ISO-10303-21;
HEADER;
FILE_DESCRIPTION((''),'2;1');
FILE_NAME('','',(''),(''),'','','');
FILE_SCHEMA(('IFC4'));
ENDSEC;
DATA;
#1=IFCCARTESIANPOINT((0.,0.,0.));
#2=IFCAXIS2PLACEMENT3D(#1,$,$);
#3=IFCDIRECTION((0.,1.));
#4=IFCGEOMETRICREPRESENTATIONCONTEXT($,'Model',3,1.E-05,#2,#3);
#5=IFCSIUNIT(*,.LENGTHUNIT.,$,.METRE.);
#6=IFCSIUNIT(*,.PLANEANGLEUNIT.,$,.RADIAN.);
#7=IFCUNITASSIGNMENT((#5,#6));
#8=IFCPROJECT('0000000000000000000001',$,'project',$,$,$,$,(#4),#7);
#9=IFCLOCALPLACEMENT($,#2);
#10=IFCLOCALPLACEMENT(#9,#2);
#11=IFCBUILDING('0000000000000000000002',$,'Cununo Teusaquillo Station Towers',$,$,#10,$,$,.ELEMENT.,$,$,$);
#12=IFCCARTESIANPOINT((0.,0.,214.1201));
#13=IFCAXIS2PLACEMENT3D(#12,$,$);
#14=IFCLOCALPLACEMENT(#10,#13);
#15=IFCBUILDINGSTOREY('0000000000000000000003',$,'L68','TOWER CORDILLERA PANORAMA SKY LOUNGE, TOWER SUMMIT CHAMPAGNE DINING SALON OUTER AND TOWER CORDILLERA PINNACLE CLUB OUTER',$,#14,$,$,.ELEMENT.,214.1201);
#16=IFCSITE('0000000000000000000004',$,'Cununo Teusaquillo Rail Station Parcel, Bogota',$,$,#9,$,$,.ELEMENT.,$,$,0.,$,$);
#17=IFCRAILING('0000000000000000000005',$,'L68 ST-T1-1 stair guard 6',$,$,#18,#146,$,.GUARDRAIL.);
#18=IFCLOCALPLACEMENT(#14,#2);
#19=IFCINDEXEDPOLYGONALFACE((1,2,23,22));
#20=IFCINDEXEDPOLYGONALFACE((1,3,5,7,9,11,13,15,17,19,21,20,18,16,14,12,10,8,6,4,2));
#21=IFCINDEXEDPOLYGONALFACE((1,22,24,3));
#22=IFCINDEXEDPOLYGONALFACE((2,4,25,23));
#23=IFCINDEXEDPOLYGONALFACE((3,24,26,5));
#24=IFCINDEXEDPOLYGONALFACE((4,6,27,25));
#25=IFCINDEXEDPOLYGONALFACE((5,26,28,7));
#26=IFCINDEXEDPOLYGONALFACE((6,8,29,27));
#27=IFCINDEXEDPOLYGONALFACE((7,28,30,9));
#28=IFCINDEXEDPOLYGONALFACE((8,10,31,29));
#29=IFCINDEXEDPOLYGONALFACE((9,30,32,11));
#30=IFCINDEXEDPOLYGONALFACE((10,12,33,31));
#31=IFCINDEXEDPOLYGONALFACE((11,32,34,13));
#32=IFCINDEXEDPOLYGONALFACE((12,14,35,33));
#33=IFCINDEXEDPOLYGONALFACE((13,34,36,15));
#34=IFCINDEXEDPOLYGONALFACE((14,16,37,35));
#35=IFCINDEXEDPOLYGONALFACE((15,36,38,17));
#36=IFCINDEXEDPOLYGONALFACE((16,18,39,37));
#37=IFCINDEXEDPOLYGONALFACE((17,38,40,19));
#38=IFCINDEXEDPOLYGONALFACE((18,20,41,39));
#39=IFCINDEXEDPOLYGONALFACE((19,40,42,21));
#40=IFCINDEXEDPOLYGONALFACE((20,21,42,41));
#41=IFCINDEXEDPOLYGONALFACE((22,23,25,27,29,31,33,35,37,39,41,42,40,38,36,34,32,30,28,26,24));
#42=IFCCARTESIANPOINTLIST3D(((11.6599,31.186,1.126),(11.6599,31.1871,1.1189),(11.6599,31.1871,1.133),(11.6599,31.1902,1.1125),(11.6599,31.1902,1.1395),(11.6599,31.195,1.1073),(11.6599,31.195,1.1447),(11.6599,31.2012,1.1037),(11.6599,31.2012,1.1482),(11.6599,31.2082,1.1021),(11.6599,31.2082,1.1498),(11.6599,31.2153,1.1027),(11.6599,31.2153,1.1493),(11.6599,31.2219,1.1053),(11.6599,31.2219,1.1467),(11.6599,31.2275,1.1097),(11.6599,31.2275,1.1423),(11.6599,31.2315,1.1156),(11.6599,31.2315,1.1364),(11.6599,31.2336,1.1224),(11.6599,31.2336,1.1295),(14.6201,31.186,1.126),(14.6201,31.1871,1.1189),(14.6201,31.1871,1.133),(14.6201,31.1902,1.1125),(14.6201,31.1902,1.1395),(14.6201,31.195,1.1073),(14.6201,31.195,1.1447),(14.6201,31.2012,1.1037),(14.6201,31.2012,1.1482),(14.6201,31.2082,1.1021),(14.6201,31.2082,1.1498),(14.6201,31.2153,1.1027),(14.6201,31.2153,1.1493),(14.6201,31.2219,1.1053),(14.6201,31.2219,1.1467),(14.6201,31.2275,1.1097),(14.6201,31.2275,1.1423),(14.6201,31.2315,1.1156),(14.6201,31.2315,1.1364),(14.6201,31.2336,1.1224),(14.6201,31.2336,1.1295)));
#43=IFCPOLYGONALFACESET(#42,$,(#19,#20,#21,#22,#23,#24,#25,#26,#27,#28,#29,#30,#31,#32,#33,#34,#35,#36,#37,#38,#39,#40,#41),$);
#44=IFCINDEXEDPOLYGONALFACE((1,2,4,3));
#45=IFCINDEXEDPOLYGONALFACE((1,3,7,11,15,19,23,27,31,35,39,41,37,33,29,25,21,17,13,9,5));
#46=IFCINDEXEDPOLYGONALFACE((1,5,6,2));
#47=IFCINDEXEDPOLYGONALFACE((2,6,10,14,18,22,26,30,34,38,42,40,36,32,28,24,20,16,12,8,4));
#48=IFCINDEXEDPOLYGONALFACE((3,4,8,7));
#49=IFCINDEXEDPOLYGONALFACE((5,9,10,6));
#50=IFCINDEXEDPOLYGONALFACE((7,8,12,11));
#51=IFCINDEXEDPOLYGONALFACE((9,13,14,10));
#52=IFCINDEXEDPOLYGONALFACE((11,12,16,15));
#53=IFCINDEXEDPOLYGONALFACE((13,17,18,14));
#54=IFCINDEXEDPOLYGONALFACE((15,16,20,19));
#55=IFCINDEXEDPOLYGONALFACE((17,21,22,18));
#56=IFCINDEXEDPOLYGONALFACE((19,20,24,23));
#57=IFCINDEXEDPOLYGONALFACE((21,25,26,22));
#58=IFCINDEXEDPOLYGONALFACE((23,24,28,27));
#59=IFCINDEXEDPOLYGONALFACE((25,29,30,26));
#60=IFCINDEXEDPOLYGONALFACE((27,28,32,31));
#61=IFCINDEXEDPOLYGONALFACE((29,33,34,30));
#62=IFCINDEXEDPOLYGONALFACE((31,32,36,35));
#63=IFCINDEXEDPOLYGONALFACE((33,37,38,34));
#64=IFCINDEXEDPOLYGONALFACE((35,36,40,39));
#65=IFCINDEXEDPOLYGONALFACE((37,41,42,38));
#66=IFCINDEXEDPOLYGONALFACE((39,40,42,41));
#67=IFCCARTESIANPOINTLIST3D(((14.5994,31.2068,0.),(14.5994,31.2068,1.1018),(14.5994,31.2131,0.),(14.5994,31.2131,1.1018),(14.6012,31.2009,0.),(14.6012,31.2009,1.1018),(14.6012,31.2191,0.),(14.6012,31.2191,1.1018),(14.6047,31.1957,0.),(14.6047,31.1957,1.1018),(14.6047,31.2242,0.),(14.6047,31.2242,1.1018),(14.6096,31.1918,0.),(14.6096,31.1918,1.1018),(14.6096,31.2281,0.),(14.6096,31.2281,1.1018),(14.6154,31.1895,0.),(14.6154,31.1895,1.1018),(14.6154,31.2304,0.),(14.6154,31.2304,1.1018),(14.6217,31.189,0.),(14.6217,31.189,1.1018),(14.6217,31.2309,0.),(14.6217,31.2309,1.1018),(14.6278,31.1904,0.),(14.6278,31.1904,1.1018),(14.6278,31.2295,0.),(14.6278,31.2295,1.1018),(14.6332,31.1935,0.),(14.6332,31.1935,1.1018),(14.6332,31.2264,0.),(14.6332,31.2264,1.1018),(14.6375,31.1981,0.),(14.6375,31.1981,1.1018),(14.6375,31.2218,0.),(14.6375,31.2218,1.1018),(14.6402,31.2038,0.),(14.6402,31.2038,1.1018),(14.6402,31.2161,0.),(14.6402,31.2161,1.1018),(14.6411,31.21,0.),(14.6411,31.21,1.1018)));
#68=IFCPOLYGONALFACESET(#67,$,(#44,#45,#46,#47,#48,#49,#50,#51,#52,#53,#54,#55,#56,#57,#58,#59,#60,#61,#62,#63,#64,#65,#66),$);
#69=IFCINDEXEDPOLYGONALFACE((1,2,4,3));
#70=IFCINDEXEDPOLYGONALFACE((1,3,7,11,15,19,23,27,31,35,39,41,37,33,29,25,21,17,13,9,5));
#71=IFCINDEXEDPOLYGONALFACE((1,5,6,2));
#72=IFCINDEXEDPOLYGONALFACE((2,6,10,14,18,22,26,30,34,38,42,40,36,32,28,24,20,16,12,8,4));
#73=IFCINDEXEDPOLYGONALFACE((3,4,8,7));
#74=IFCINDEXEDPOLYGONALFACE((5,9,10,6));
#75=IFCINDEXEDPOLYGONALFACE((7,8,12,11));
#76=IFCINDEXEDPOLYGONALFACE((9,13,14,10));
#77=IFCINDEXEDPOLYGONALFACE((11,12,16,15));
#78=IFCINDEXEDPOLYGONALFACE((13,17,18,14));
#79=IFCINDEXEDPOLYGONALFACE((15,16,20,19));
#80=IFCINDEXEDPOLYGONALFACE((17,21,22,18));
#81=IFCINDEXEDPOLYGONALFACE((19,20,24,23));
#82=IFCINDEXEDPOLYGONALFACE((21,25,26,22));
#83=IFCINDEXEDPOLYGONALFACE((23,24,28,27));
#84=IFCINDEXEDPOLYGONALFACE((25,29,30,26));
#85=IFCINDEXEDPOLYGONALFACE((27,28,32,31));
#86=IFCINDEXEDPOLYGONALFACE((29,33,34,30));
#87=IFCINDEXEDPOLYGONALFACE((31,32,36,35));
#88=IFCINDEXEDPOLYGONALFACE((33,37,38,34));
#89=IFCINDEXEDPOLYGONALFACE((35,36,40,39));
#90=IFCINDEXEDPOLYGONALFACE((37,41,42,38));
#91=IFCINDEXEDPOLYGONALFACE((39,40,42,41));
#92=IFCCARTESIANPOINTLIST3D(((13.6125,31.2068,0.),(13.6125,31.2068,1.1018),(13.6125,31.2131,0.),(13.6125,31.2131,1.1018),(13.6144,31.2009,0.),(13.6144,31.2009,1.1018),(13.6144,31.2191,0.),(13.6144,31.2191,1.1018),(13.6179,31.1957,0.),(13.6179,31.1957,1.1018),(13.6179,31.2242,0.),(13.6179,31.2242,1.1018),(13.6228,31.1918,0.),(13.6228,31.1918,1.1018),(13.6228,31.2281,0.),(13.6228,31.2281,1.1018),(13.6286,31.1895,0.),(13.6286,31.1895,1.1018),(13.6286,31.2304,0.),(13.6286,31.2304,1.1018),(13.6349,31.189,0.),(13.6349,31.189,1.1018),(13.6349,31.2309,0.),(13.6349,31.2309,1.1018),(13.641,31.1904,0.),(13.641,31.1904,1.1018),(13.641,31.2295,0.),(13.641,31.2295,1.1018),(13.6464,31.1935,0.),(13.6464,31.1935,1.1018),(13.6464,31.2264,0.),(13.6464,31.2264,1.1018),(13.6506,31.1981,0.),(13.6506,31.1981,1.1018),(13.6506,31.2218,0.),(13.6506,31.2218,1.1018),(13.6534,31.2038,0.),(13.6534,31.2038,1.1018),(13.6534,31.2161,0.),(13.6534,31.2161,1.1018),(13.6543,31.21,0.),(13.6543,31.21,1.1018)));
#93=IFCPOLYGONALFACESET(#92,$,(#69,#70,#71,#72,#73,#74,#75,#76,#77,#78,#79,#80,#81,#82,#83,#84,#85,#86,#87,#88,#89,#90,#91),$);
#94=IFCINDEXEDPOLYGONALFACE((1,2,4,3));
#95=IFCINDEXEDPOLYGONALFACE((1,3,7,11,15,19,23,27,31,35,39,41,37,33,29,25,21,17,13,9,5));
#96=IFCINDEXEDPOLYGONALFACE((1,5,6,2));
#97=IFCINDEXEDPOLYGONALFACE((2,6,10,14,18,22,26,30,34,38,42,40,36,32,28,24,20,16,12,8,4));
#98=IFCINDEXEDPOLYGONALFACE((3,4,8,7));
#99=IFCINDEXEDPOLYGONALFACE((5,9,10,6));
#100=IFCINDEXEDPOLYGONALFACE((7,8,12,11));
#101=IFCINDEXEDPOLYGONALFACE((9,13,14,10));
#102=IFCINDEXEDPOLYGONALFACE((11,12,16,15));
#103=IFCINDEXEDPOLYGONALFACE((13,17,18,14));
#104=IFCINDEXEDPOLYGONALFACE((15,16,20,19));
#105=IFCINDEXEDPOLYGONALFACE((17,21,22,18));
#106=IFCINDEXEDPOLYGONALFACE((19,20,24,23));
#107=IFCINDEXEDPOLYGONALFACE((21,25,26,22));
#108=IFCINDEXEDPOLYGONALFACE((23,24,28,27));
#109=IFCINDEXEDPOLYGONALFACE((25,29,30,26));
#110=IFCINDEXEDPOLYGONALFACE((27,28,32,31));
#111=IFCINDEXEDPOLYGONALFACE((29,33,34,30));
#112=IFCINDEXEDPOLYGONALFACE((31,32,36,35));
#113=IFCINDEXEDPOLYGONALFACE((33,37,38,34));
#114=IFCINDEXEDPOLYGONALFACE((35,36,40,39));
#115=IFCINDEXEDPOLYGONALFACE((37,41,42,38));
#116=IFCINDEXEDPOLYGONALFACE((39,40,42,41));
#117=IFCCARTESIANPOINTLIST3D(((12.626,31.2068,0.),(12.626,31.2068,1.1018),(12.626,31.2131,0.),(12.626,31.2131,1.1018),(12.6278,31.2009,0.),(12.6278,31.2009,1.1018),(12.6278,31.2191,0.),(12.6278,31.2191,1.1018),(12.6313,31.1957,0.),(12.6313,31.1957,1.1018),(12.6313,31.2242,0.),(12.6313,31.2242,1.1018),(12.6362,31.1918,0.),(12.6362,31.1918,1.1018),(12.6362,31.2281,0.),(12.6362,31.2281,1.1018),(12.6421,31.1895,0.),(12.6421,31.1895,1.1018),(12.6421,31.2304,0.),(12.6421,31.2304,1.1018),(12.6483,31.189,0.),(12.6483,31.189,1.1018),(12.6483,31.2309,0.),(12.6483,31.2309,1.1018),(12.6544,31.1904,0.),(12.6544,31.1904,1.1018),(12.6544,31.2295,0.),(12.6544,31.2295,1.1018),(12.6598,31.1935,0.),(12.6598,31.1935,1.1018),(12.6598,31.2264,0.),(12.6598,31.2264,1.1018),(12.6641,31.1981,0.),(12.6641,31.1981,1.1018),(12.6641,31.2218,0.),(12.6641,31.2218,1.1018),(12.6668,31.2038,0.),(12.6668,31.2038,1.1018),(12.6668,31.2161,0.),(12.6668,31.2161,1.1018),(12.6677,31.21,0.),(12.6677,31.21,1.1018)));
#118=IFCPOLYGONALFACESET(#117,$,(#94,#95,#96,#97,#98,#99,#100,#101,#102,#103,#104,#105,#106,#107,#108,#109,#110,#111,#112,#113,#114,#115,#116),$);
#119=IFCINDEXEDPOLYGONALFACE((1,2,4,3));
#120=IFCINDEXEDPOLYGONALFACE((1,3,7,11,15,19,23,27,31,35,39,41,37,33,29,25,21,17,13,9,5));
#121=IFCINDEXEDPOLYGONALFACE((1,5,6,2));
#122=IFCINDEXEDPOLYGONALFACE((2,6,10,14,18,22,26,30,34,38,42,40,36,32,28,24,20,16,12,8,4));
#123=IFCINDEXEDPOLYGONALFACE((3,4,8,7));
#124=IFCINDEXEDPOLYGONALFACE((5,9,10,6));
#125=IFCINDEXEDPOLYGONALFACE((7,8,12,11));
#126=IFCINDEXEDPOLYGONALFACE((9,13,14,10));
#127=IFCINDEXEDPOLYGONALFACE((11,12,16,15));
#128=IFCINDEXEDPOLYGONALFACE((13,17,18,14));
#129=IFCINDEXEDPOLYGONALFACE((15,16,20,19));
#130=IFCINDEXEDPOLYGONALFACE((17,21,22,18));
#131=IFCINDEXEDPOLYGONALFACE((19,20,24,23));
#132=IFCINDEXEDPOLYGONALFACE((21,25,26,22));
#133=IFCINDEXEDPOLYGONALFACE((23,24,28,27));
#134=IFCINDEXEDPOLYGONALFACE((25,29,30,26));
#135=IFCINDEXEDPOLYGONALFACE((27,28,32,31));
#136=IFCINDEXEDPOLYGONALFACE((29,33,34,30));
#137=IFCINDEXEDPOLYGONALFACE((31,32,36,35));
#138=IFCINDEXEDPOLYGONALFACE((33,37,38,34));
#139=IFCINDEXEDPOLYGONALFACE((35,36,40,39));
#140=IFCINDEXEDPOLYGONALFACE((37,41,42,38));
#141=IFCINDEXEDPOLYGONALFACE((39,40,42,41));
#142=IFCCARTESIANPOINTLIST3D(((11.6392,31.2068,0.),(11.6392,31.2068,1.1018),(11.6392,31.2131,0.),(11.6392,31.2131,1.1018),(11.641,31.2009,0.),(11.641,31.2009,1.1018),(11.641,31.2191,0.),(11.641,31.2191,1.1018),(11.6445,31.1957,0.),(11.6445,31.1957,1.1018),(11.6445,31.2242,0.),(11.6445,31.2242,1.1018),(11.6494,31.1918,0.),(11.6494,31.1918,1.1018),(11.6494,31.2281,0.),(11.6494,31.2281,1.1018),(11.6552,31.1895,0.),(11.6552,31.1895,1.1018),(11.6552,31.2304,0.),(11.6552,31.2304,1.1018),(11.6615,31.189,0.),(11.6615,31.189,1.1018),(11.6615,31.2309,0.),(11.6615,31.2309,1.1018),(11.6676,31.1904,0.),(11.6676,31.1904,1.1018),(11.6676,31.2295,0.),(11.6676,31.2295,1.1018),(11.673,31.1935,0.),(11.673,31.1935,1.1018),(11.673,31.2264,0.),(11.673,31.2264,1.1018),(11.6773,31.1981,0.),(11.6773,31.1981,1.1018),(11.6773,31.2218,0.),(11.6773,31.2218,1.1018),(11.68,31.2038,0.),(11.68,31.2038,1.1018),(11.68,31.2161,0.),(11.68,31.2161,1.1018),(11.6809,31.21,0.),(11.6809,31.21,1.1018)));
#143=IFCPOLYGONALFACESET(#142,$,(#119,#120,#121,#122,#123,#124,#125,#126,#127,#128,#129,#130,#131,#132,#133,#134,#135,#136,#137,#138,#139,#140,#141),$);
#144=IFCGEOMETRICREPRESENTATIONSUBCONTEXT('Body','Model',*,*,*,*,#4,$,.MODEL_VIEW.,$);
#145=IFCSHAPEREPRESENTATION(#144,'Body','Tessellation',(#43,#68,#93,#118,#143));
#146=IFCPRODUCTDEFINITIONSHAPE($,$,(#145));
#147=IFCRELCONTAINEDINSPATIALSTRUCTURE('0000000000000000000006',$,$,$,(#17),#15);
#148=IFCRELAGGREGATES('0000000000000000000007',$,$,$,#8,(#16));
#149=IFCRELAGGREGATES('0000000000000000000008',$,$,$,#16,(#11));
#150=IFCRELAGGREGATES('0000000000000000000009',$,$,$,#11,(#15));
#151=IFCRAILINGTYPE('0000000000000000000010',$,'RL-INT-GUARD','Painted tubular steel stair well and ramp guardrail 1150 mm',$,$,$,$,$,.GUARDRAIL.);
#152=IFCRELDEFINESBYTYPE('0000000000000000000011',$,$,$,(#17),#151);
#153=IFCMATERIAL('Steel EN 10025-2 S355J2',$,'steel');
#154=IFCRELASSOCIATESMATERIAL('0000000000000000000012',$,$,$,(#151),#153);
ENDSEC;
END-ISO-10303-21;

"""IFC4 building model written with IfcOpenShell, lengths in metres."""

from ifc_helpers import new_model, si_unit, direction, frame, origin, origin_2d, place, context, subcontext, project, spatial, circle, extrude, material, type_object, element, save


model = new_model("IFC4")

# Units and contexts
model_context = context("Model", 3, precision=1e-05, world=origin(), true_north=direction((0.0, 1.0)))
body_context = subcontext(model_context, "Body", "Model", "MODEL_VIEW")
ifc_project = project(units=[si_unit("LENGTHUNIT", "METRE"), si_unit("PLANEANGLEUNIT", "RADIAN")], contexts=[model_context])

# Site, building, storey
site_placement = place(None, origin())
site = spatial("IfcSite", under=ifc_project, at=site_placement, Name="Cununo Teusaquillo Rail Station Parcel, Bogota", CompositionType="ELEMENT", RefElevation=0.0)
building_placement = place(site_placement, origin())
building = spatial("IfcBuilding", under=site, at=building_placement, Name="Cununo Teusaquillo Station Towers", CompositionType="ELEMENT")
storey_placement = place(building_placement, frame((0.0, 0.0, 214.1201)))
storey = spatial("IfcBuildingStorey", under=building, at=storey_placement, Name="L68", Description="TOWER CORDILLERA PANORAMA SKY LOUNGE, TOWER SUMMIT CHAMPAGNE DINING SALON OUTER AND TOWER CORDILLERA PINNACLE CLUB OUTER", CompositionType="ELEMENT", Elevation=214.1201)

# Railing
ifc_material_1 = material(Name="Steel EN 10025-2 S355J2", Category="steel")
railing_type_1 = type_object("IfcRailingType", Name="RL-INT-GUARD", Description="Painted tubular steel stair well and ramp guardrail 1150 mm", PredefinedType="GUARDRAIL", material=ifc_material_1)
railing_1_placement = place(storey_placement, frame((14.6201, 31.21, 0.0)))
element("IfcRailing", 1, at=railing_1_placement, inside=storey, type_object=railing_type_1, Name="L68 ST-T1-1 stair guard 6", PredefinedType="GUARDRAIL", context=body_context, shape_type="SweptSolid", body=[
    extrude(circle(Radius=0.0239, at=origin_2d()), frame((0.0, 0.0, 1.126), z_axis=(-1.0, 0.0, 0.0), x_axis=(0.0, -1.0, 0.0)), (0.0, 0.0, 1.0), 2.9602),
    extrude(circle(Radius=0.021, at=origin_2d()), origin(), (0.0, 0.0, 1.0), 1.1018),
    extrude(circle(Radius=0.021, at=origin_2d()), frame((-0.9868, 0.0, 0.0)), (0.0, 0.0, 1.0), 1.1018),
    extrude(circle(Radius=0.021, at=origin_2d()), frame((-1.9734, 0.0, 0.0)), (0.0, 0.0, 1.0), 1.1018),
    extrude(circle(Radius=0.021, at=origin_2d()), frame((-2.9602, 0.0, 0.0)), (0.0, 0.0, 1.0), 1.1018),
])

save(model, "model.ifc")
